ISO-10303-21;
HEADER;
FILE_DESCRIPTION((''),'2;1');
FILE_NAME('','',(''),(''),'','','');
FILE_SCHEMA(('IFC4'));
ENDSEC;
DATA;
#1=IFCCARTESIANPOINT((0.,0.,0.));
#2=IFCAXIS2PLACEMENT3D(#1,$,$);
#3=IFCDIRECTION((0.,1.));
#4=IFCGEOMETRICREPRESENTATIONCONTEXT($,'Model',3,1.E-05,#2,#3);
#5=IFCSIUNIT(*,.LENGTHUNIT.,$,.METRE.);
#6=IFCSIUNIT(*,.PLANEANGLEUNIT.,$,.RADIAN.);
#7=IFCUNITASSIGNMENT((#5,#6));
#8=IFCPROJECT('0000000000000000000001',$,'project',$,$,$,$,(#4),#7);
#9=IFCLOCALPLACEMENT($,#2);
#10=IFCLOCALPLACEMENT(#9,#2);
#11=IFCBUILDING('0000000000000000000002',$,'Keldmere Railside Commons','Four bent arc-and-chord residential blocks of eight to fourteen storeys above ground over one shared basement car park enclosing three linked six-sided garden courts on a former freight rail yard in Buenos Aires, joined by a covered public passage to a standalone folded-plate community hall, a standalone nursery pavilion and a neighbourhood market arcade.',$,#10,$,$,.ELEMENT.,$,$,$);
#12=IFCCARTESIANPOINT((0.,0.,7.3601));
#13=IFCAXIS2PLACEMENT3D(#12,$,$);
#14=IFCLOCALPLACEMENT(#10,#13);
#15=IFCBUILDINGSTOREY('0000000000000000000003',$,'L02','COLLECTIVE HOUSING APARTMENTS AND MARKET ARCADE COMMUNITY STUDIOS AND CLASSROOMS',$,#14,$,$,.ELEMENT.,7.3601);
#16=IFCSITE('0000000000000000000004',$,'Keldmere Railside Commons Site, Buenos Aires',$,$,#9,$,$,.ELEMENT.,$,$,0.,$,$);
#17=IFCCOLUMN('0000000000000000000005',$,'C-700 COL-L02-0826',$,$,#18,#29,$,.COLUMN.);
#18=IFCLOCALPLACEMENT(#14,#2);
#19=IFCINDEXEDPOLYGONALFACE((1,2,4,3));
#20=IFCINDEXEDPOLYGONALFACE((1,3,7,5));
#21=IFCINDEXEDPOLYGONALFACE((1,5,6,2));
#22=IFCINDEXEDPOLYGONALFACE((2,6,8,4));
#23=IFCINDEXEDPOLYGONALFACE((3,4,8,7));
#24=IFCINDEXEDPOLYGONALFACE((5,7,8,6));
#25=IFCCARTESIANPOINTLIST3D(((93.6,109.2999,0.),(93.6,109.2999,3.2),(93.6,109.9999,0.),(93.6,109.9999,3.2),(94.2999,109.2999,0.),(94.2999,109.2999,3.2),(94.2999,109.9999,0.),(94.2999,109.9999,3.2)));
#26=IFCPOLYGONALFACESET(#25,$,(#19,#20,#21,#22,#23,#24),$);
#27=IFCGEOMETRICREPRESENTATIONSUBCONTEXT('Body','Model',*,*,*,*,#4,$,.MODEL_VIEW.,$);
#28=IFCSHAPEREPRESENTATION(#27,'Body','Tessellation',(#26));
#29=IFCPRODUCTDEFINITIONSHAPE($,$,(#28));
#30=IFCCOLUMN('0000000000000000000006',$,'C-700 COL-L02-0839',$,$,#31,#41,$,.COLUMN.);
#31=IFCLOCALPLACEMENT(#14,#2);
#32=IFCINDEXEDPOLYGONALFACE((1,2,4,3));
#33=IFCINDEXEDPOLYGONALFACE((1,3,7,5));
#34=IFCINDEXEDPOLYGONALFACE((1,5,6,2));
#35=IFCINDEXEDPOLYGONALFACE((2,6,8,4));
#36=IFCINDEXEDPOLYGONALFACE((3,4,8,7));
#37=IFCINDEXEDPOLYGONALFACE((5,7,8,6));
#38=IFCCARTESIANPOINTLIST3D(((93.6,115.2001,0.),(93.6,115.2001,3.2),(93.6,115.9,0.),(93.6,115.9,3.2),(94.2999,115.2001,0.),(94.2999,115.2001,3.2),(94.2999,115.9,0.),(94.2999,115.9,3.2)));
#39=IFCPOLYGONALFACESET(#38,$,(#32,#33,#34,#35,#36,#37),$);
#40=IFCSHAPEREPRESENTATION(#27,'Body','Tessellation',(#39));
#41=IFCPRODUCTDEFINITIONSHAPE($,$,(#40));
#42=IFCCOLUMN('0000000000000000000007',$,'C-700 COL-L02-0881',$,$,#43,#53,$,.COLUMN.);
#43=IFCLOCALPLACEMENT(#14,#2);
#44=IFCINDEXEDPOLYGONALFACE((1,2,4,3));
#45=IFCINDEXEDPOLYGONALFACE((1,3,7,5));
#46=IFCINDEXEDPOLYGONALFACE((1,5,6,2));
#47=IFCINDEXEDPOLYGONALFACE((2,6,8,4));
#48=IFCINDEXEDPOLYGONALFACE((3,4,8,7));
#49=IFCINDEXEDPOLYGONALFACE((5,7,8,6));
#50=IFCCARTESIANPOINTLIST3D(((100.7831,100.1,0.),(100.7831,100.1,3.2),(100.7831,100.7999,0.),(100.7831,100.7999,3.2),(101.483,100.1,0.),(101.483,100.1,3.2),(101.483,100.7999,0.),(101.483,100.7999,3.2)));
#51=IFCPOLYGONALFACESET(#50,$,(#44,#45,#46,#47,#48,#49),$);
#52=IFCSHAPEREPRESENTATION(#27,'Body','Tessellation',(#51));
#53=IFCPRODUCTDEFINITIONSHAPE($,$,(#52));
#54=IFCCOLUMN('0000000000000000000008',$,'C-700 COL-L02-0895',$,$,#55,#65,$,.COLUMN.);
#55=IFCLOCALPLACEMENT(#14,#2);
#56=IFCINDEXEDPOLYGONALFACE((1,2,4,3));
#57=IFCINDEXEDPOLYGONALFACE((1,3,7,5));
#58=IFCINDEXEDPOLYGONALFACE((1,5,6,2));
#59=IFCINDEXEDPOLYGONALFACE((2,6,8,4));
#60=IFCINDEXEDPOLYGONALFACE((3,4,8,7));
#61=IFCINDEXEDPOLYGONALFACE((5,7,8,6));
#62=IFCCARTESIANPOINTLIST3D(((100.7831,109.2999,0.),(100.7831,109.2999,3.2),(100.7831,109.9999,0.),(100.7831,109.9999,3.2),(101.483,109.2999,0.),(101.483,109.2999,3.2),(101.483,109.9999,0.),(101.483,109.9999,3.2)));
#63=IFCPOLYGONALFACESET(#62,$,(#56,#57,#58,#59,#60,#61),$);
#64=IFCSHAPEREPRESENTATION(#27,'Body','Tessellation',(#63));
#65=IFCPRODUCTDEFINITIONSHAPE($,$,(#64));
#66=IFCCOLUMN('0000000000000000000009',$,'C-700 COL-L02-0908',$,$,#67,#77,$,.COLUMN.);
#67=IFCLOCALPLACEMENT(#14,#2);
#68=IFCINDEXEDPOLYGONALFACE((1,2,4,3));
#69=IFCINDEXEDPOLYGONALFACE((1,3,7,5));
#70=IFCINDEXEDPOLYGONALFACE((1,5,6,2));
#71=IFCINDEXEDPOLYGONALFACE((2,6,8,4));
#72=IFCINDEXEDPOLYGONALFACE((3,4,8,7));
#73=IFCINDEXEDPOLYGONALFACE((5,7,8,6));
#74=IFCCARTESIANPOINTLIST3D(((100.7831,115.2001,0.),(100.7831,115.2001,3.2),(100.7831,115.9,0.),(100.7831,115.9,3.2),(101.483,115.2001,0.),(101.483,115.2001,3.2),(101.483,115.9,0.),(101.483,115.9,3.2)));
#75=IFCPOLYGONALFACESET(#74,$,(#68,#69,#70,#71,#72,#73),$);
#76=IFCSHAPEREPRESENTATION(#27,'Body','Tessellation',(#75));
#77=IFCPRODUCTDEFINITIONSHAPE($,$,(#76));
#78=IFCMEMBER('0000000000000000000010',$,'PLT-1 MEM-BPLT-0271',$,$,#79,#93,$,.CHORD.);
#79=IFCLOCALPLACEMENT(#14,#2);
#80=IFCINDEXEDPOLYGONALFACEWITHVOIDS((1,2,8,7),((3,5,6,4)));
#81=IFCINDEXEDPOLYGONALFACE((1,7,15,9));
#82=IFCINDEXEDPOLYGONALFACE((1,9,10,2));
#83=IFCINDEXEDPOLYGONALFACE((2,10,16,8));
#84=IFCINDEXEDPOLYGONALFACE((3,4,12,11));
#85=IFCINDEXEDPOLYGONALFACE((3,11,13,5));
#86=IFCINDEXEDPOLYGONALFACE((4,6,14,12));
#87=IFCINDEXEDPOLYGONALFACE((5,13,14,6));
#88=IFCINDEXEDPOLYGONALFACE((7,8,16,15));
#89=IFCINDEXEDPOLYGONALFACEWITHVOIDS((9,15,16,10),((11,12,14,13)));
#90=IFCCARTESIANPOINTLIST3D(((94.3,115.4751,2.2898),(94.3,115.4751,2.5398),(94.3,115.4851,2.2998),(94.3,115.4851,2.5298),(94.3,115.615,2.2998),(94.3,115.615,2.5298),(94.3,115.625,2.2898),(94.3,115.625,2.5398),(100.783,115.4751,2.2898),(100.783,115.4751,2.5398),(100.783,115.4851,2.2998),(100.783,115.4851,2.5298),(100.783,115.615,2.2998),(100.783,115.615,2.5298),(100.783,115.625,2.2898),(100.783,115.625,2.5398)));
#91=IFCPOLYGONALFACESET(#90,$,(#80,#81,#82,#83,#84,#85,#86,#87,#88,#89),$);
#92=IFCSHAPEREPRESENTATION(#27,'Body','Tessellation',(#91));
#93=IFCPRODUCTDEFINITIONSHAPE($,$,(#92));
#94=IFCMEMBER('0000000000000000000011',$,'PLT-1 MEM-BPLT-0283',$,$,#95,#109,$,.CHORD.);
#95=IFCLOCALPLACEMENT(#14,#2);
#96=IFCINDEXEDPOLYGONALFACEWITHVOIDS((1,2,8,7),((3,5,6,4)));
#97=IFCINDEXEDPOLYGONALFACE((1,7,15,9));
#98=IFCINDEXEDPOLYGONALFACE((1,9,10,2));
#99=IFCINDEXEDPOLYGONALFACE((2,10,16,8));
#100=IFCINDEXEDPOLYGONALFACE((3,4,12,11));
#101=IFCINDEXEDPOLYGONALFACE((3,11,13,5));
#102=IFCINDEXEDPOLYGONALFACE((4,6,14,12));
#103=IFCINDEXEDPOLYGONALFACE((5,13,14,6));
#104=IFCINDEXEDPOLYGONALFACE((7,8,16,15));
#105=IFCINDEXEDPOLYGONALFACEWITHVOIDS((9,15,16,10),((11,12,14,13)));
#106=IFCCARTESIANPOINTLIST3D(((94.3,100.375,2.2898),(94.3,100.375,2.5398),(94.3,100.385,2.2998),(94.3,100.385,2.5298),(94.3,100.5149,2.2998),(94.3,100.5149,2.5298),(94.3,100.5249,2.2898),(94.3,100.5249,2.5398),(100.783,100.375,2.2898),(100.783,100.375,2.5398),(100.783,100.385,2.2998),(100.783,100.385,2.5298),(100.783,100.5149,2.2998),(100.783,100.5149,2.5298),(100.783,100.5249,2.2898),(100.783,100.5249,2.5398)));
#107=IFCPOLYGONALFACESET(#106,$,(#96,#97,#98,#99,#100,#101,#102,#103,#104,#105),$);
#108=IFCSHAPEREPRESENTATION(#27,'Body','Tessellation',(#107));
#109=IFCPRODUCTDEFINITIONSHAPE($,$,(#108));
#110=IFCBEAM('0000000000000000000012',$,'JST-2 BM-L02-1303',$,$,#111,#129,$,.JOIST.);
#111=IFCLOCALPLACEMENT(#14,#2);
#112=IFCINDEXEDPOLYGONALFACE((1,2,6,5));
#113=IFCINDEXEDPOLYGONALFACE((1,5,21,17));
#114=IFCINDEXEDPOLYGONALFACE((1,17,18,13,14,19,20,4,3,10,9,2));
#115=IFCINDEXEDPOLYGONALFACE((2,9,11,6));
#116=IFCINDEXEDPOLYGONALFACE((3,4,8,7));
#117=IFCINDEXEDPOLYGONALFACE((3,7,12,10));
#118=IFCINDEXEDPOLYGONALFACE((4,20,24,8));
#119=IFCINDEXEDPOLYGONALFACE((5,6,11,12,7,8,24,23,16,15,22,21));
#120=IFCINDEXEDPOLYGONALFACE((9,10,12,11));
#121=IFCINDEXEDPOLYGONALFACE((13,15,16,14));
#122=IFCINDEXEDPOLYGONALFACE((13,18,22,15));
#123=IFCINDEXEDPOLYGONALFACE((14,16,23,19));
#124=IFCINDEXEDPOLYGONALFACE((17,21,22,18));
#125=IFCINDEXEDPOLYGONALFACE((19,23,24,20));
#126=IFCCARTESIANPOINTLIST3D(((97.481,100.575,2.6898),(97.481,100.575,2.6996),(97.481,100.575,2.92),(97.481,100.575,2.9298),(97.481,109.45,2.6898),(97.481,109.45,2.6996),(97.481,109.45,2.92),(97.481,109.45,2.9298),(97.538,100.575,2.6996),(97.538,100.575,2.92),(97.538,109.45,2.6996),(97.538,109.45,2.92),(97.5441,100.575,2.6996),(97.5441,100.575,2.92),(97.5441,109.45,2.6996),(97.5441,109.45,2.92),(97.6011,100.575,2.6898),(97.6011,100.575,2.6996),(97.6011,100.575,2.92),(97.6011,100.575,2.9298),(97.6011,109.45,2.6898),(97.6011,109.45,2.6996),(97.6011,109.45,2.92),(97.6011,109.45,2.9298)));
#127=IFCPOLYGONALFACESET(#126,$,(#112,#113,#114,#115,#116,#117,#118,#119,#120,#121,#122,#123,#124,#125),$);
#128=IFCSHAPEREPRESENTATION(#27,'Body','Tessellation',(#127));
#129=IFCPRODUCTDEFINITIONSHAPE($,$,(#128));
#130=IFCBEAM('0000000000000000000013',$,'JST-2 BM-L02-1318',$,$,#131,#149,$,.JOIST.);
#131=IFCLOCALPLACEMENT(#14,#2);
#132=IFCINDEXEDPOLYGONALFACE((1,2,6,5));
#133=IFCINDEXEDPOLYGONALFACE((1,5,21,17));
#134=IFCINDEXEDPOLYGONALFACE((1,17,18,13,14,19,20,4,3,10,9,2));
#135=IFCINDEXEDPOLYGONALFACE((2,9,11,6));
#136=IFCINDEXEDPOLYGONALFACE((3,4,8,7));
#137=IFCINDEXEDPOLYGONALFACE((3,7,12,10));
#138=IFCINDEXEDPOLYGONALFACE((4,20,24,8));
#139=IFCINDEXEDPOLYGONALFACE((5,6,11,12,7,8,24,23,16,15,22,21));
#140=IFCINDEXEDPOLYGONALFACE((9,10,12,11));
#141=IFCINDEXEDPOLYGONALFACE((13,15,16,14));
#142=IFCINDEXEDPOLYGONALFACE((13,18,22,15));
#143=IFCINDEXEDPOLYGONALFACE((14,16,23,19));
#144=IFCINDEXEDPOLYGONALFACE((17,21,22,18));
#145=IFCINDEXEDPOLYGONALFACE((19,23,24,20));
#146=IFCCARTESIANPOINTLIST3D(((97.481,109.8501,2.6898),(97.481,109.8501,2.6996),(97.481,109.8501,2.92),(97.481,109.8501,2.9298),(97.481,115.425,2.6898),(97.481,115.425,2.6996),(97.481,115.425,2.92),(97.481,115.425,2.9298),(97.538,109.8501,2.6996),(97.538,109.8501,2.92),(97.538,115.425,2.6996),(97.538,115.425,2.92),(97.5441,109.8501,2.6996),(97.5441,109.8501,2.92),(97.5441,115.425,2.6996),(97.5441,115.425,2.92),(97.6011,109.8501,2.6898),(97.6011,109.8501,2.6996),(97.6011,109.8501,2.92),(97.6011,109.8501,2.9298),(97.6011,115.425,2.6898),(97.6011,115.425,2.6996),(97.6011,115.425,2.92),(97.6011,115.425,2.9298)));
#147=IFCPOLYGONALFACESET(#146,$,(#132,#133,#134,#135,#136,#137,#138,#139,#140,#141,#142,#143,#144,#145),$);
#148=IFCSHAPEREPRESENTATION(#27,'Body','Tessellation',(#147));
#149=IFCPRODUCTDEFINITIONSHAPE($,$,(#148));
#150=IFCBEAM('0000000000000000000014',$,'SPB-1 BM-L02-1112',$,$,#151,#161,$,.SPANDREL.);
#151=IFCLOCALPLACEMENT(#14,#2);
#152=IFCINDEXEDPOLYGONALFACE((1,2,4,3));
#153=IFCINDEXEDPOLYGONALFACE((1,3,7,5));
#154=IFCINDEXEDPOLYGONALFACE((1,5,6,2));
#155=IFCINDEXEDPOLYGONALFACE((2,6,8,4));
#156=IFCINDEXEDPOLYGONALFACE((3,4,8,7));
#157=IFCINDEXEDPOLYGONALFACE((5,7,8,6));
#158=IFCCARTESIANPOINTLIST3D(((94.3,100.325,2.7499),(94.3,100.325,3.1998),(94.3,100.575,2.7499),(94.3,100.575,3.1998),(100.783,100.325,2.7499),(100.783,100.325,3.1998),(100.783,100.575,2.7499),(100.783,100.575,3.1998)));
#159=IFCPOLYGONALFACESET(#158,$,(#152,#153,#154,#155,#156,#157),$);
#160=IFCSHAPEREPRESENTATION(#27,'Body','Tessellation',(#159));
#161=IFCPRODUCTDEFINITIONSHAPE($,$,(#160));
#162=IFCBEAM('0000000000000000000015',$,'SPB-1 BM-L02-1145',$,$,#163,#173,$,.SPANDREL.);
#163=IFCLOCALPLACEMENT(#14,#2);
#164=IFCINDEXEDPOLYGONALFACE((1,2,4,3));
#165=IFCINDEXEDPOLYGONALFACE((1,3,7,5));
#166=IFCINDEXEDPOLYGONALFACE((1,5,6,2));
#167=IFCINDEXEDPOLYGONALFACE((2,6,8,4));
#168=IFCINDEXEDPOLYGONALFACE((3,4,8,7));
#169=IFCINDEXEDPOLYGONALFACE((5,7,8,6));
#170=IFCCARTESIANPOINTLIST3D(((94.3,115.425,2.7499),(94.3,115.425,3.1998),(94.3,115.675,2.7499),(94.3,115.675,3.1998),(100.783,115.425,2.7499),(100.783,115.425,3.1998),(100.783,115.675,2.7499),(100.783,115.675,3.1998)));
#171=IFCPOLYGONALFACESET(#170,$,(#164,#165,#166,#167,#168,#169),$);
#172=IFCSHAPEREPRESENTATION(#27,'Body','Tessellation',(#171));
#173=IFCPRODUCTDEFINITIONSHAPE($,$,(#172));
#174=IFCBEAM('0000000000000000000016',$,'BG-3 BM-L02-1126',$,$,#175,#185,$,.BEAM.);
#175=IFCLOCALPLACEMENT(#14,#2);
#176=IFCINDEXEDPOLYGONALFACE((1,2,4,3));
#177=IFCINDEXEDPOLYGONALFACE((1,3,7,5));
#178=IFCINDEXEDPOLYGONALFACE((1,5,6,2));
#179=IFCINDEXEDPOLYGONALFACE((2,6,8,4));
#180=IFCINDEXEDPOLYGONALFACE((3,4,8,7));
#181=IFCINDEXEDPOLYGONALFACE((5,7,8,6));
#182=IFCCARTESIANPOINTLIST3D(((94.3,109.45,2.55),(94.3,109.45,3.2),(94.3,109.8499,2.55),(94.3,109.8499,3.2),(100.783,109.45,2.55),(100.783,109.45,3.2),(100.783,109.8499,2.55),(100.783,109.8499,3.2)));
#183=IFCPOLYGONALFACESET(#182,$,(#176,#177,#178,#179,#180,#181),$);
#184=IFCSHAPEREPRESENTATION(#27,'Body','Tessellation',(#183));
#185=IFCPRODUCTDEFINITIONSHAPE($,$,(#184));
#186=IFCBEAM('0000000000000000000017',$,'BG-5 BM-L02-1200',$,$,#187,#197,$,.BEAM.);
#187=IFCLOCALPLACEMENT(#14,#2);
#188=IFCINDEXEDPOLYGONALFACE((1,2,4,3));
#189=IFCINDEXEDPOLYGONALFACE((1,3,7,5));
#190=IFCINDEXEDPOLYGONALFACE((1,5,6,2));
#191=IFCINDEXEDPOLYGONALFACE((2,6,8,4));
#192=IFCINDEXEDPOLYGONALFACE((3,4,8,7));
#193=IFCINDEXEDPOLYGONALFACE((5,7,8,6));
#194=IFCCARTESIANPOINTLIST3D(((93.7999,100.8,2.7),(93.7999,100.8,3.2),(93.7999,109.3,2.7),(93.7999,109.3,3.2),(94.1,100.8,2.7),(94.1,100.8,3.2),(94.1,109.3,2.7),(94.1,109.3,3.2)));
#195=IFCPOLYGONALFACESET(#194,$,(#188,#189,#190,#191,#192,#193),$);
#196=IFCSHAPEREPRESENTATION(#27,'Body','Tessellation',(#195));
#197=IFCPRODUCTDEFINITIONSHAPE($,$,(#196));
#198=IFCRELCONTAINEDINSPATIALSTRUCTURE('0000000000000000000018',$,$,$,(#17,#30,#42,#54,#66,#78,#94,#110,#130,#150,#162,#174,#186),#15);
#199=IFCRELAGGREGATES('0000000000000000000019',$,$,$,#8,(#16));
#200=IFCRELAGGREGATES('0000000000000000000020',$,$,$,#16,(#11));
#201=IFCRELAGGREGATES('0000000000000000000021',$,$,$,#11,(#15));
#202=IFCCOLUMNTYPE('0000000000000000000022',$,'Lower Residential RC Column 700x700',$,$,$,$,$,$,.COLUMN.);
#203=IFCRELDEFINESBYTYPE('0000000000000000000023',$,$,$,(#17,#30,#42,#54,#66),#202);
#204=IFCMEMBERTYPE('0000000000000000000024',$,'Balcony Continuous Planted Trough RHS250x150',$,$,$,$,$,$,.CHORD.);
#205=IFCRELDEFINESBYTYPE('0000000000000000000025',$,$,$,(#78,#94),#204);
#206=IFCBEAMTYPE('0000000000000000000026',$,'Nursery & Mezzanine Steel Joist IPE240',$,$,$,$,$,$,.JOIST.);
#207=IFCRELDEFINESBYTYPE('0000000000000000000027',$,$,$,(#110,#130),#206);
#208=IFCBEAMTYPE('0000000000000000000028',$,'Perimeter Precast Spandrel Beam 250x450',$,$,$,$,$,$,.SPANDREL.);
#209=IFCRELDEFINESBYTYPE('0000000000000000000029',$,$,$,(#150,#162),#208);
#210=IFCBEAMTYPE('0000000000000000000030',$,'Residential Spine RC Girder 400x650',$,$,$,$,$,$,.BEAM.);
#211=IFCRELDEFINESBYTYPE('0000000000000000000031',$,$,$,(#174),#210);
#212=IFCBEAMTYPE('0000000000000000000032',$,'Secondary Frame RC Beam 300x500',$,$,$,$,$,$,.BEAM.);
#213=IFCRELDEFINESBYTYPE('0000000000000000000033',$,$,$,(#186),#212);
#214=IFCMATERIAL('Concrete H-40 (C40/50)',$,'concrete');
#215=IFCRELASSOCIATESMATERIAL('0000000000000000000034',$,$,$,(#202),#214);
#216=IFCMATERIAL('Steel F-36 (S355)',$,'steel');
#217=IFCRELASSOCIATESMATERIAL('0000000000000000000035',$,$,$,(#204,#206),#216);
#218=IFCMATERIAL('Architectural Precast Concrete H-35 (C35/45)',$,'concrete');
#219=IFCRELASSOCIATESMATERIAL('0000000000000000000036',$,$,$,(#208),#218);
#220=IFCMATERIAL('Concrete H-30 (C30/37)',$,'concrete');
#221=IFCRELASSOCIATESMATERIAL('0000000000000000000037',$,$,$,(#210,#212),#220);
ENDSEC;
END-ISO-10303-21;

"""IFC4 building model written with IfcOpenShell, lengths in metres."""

from ifc_helpers import new_model, si_unit, direction, frame, origin, origin_2d, place, context, subcontext, project, spatial, rectangle, hollow_rectangle, i_section, extrude, material, material_profile, profile_set, type_object, element, save


model = new_model("IFC4")

# Units and contexts
model_context = context("Model", 3, precision=1e-05, world=origin(), true_north=direction((0.0, 1.0)))
body_context = subcontext(model_context, "Body", "Model", "MODEL_VIEW")
ifc_project = project(units=[si_unit("LENGTHUNIT", "METRE"), si_unit("PLANEANGLEUNIT", "RADIAN")], contexts=[model_context])

# Site, building, storey
site_placement = place(None, origin())
site = spatial("IfcSite", under=ifc_project, at=site_placement, Name="Keldmere Railside Commons Site, Buenos Aires", CompositionType="ELEMENT", RefElevation=0.0)
building_placement = place(site_placement, origin())
building = spatial("IfcBuilding", under=site, at=building_placement, Name="Keldmere Railside Commons", Description="Four bent arc-and-chord residential blocks of eight to fourteen storeys above ground over one shared basement car park enclosing three linked six-sided garden courts on a former freight rail yard in Buenos Aires, joined by a covered public passage to a standalone folded-plate community hall, a standalone nursery pavilion and a neighbourhood market arcade.", CompositionType="ELEMENT")
storey_placement = place(building_placement, frame((0.0, 0.0, 7.3601)))
storey = spatial("IfcBuildingStorey", under=building, at=storey_placement, Name="L02", Description="COLLECTIVE HOUSING APARTMENTS AND MARKET ARCADE COMMUNITY STUDIOS AND CLASSROOMS", CompositionType="ELEMENT", Elevation=7.3601)

# Columns
ifc_material_1 = material(Name="Concrete H-40 (C40/50)", Category="concrete")
ifc_material_profile_1 = material_profile(ifc_material_1, rectangle(XDim=0.7, YDim=0.7, at=origin_2d()), Name="RC-700x700")
ifc_profile_set_1 = profile_set([ifc_material_profile_1], Name="Concrete H-40 (C40/50)")
column_type = type_object("IfcColumnType", Name="Lower Residential RC Column 700x700", PredefinedType="COLUMN", material=ifc_profile_set_1)
for number, where, z_axis, x_axis, name in (
    (1, (93.95, 109.6499, 0.0), (0.0, 0.0, 1.0), (1.0, 0.0, 0.0), "C-700 COL-L02-0826"),
    (2, (93.95, 115.55, 0.0), (0.0, 0.0, 1.0), (1.0, 0.0, 0.0), "C-700 COL-L02-0839"),
    (3, (101.1331, 100.45, 0.0), (0.0, 0.0, 1.0), (1.0, 0.0, 0.0), "C-700 COL-L02-0881"),
    (4, (101.1331, 109.6499, 0.0), (0.0, 0.0, 1.0), (1.0, 0.0, 0.0), "C-700 COL-L02-0895"),
    (5, (101.1331, 115.55, 0.0), (0.0, 0.0, 1.0), (1.0, 0.0, 0.0), "C-700 COL-L02-0908"),
):
    element("IfcColumn", number, at=place(storey_placement, frame(where, z_axis=z_axis, x_axis=x_axis)), inside=storey, type_object=column_type, Name=name, PredefinedType="COLUMN", context=body_context, shape_type="SweptSolid", body=[
        extrude(rectangle(XDim=0.7, YDim=0.7, at=origin_2d()), origin(), (0.0, 0.0, 1.0), 3.2),
    ])

# Members
ifc_material_2 = material(Name="Steel F-36 (S355)", Category="steel")
ifc_material_profile_2 = material_profile(ifc_material_2, hollow_rectangle(XDim=0.1499, YDim=0.25, WallThickness=0.01, at=origin_2d()), Name="RHS-250x150x10")
ifc_profile_set_2 = profile_set([ifc_material_profile_2], Name="Steel F-36 (S355)")
member_type_1 = type_object("IfcMemberType", Name="Balcony Continuous Planted Trough RHS250x150", PredefinedType="CHORD", material=ifc_profile_set_2)
for number, where, z_axis, x_axis, name in (
    (6, (94.3, 115.55, 2.4148), (1.0, 0.0, 0.0), (0.0, 1.0, 0.0), "PLT-1 MEM-BPLT-0271"),
    (7, (94.3, 100.45, 2.4148), (1.0, 0.0, 0.0), (0.0, 1.0, 0.0), "PLT-1 MEM-BPLT-0283"),
):
    element("IfcMember", number, at=place(storey_placement, frame(where, z_axis=z_axis, x_axis=x_axis)), inside=storey, type_object=member_type_1, Name=name, PredefinedType="CHORD", context=body_context, shape_type="SweptSolid", body=[
        extrude(hollow_rectangle(XDim=0.1499, YDim=0.25, WallThickness=0.01, at=origin_2d()), origin(), (0.0, 0.0, 1.0), 6.4829),
    ])

# Beams
ifc_material_profile_3 = material_profile(ifc_material_2, i_section(OverallWidth=0.1201, OverallDepth=0.24, WebThickness=0.0061, FlangeThickness=0.0098, at=origin_2d()), Name="IPE-240")
ifc_profile_set_3 = profile_set([ifc_material_profile_3], Name="Steel F-36 (S355)")
beam_type_1 = type_object("IfcBeamType", Name="Nursery & Mezzanine Steel Joist IPE240", PredefinedType="JOIST", material=ifc_profile_set_3)
beam_1_placement = place(storey_placement, frame((97.541, 100.575, 2.8098), z_axis=(0.0, 1.0, 0.0), x_axis=(-1.0, 0.0, 0.0)))
element("IfcBeam", 8, at=beam_1_placement, inside=storey, type_object=beam_type_1, Name="JST-2 BM-L02-1303", PredefinedType="JOIST", context=body_context, shape_type="SweptSolid", body=[
    extrude(i_section(OverallWidth=0.1201, OverallDepth=0.24, WebThickness=0.0061, FlangeThickness=0.0098, at=origin_2d()), origin(), (0.0, 0.0, 1.0), 8.875),
])
beam_2_placement = place(storey_placement, frame((97.541, 109.8501, 2.8098), z_axis=(0.0, 1.0, 0.0), x_axis=(-1.0, 0.0, 0.0)))
element("IfcBeam", 9, at=beam_2_placement, inside=storey, type_object=beam_type_1, Name="JST-2 BM-L02-1318", PredefinedType="JOIST", context=body_context, shape_type="SweptSolid", body=[
    extrude(i_section(OverallWidth=0.1201, OverallDepth=0.24, WebThickness=0.0061, FlangeThickness=0.0098, at=origin_2d()), origin(), (0.0, 0.0, 1.0), 5.575),
])
ifc_material_3 = material(Name="Architectural Precast Concrete H-35 (C35/45)", Category="concrete")
ifc_material_profile_4 = material_profile(ifc_material_3, rectangle(XDim=0.25, YDim=0.45, at=origin_2d()), Name="RC-250x450")
ifc_profile_set_4 = profile_set([ifc_material_profile_4], Name="Architectural Precast Concrete H-35 (C35/45)")
beam_type_2 = type_object("IfcBeamType", Name="Perimeter Precast Spandrel Beam 250x450", PredefinedType="SPANDREL", material=ifc_profile_set_4)
for number, where, z_axis, x_axis, name in (
    (10, (94.3, 100.45, 2.9749), (1.0, 0.0, 0.0), (0.0, 1.0, 0.0), "SPB-1 BM-L02-1112"),
    (11, (94.3, 115.55, 2.9749), (1.0, 0.0, 0.0), (0.0, 1.0, 0.0), "SPB-1 BM-L02-1145"),
):
    element("IfcBeam", number, at=place(storey_placement, frame(where, z_axis=z_axis, x_axis=x_axis)), inside=storey, type_object=beam_type_2, Name=name, PredefinedType="SPANDREL", context=body_context, shape_type="SweptSolid", body=[
        extrude(rectangle(XDim=0.25, YDim=0.45, at=origin_2d()), origin(), (0.0, 0.0, 1.0), 6.4829),
    ])
ifc_material_4 = material(Name="Concrete H-30 (C30/37)", Category="concrete")
ifc_material_profile_5 = material_profile(ifc_material_4, rectangle(XDim=0.3999, YDim=0.6499, at=origin_2d()), Name="RC-400x650")
ifc_profile_set_5 = profile_set([ifc_material_profile_5], Name="Concrete H-30 (C30/37)")
beam_type_3 = type_object("IfcBeamType", Name="Residential Spine RC Girder 400x650", PredefinedType="BEAM", material=ifc_profile_set_5)
beam_3_placement = place(storey_placement, frame((94.3, 109.6499, 2.875), z_axis=(1.0, 0.0, 0.0), x_axis=(0.0, 1.0, 0.0)))
element("IfcBeam", 12, at=beam_3_placement, inside=storey, type_object=beam_type_3, Name="BG-3 BM-L02-1126", PredefinedType="BEAM", context=body_context, shape_type="SweptSolid", body=[
    extrude(rectangle(XDim=0.3999, YDim=0.6499, at=origin_2d()), origin(), (0.0, 0.0, 1.0), 6.4829),
])
ifc_material_profile_6 = material_profile(ifc_material_4, rectangle(XDim=0.3, YDim=0.5, at=origin_2d()), Name="RC-300x500")
ifc_profile_set_6 = profile_set([ifc_material_profile_6], Name="Concrete H-30 (C30/37)")
beam_type_4 = type_object("IfcBeamType", Name="Secondary Frame RC Beam 300x500", PredefinedType="BEAM", material=ifc_profile_set_6)
beam_4_placement = place(storey_placement, frame((93.95, 100.8, 2.95), z_axis=(0.0, 1.0, 0.0), x_axis=(-1.0, 0.0, 0.0)))
element("IfcBeam", 13, at=beam_4_placement, inside=storey, type_object=beam_type_4, Name="BG-5 BM-L02-1200", PredefinedType="BEAM", context=body_context, shape_type="SweptSolid", body=[
    extrude(rectangle(XDim=0.3, YDim=0.5, at=origin_2d()), origin(), (0.0, 0.0, 1.0), 8.5),
])

save(model, "model.ifc")
